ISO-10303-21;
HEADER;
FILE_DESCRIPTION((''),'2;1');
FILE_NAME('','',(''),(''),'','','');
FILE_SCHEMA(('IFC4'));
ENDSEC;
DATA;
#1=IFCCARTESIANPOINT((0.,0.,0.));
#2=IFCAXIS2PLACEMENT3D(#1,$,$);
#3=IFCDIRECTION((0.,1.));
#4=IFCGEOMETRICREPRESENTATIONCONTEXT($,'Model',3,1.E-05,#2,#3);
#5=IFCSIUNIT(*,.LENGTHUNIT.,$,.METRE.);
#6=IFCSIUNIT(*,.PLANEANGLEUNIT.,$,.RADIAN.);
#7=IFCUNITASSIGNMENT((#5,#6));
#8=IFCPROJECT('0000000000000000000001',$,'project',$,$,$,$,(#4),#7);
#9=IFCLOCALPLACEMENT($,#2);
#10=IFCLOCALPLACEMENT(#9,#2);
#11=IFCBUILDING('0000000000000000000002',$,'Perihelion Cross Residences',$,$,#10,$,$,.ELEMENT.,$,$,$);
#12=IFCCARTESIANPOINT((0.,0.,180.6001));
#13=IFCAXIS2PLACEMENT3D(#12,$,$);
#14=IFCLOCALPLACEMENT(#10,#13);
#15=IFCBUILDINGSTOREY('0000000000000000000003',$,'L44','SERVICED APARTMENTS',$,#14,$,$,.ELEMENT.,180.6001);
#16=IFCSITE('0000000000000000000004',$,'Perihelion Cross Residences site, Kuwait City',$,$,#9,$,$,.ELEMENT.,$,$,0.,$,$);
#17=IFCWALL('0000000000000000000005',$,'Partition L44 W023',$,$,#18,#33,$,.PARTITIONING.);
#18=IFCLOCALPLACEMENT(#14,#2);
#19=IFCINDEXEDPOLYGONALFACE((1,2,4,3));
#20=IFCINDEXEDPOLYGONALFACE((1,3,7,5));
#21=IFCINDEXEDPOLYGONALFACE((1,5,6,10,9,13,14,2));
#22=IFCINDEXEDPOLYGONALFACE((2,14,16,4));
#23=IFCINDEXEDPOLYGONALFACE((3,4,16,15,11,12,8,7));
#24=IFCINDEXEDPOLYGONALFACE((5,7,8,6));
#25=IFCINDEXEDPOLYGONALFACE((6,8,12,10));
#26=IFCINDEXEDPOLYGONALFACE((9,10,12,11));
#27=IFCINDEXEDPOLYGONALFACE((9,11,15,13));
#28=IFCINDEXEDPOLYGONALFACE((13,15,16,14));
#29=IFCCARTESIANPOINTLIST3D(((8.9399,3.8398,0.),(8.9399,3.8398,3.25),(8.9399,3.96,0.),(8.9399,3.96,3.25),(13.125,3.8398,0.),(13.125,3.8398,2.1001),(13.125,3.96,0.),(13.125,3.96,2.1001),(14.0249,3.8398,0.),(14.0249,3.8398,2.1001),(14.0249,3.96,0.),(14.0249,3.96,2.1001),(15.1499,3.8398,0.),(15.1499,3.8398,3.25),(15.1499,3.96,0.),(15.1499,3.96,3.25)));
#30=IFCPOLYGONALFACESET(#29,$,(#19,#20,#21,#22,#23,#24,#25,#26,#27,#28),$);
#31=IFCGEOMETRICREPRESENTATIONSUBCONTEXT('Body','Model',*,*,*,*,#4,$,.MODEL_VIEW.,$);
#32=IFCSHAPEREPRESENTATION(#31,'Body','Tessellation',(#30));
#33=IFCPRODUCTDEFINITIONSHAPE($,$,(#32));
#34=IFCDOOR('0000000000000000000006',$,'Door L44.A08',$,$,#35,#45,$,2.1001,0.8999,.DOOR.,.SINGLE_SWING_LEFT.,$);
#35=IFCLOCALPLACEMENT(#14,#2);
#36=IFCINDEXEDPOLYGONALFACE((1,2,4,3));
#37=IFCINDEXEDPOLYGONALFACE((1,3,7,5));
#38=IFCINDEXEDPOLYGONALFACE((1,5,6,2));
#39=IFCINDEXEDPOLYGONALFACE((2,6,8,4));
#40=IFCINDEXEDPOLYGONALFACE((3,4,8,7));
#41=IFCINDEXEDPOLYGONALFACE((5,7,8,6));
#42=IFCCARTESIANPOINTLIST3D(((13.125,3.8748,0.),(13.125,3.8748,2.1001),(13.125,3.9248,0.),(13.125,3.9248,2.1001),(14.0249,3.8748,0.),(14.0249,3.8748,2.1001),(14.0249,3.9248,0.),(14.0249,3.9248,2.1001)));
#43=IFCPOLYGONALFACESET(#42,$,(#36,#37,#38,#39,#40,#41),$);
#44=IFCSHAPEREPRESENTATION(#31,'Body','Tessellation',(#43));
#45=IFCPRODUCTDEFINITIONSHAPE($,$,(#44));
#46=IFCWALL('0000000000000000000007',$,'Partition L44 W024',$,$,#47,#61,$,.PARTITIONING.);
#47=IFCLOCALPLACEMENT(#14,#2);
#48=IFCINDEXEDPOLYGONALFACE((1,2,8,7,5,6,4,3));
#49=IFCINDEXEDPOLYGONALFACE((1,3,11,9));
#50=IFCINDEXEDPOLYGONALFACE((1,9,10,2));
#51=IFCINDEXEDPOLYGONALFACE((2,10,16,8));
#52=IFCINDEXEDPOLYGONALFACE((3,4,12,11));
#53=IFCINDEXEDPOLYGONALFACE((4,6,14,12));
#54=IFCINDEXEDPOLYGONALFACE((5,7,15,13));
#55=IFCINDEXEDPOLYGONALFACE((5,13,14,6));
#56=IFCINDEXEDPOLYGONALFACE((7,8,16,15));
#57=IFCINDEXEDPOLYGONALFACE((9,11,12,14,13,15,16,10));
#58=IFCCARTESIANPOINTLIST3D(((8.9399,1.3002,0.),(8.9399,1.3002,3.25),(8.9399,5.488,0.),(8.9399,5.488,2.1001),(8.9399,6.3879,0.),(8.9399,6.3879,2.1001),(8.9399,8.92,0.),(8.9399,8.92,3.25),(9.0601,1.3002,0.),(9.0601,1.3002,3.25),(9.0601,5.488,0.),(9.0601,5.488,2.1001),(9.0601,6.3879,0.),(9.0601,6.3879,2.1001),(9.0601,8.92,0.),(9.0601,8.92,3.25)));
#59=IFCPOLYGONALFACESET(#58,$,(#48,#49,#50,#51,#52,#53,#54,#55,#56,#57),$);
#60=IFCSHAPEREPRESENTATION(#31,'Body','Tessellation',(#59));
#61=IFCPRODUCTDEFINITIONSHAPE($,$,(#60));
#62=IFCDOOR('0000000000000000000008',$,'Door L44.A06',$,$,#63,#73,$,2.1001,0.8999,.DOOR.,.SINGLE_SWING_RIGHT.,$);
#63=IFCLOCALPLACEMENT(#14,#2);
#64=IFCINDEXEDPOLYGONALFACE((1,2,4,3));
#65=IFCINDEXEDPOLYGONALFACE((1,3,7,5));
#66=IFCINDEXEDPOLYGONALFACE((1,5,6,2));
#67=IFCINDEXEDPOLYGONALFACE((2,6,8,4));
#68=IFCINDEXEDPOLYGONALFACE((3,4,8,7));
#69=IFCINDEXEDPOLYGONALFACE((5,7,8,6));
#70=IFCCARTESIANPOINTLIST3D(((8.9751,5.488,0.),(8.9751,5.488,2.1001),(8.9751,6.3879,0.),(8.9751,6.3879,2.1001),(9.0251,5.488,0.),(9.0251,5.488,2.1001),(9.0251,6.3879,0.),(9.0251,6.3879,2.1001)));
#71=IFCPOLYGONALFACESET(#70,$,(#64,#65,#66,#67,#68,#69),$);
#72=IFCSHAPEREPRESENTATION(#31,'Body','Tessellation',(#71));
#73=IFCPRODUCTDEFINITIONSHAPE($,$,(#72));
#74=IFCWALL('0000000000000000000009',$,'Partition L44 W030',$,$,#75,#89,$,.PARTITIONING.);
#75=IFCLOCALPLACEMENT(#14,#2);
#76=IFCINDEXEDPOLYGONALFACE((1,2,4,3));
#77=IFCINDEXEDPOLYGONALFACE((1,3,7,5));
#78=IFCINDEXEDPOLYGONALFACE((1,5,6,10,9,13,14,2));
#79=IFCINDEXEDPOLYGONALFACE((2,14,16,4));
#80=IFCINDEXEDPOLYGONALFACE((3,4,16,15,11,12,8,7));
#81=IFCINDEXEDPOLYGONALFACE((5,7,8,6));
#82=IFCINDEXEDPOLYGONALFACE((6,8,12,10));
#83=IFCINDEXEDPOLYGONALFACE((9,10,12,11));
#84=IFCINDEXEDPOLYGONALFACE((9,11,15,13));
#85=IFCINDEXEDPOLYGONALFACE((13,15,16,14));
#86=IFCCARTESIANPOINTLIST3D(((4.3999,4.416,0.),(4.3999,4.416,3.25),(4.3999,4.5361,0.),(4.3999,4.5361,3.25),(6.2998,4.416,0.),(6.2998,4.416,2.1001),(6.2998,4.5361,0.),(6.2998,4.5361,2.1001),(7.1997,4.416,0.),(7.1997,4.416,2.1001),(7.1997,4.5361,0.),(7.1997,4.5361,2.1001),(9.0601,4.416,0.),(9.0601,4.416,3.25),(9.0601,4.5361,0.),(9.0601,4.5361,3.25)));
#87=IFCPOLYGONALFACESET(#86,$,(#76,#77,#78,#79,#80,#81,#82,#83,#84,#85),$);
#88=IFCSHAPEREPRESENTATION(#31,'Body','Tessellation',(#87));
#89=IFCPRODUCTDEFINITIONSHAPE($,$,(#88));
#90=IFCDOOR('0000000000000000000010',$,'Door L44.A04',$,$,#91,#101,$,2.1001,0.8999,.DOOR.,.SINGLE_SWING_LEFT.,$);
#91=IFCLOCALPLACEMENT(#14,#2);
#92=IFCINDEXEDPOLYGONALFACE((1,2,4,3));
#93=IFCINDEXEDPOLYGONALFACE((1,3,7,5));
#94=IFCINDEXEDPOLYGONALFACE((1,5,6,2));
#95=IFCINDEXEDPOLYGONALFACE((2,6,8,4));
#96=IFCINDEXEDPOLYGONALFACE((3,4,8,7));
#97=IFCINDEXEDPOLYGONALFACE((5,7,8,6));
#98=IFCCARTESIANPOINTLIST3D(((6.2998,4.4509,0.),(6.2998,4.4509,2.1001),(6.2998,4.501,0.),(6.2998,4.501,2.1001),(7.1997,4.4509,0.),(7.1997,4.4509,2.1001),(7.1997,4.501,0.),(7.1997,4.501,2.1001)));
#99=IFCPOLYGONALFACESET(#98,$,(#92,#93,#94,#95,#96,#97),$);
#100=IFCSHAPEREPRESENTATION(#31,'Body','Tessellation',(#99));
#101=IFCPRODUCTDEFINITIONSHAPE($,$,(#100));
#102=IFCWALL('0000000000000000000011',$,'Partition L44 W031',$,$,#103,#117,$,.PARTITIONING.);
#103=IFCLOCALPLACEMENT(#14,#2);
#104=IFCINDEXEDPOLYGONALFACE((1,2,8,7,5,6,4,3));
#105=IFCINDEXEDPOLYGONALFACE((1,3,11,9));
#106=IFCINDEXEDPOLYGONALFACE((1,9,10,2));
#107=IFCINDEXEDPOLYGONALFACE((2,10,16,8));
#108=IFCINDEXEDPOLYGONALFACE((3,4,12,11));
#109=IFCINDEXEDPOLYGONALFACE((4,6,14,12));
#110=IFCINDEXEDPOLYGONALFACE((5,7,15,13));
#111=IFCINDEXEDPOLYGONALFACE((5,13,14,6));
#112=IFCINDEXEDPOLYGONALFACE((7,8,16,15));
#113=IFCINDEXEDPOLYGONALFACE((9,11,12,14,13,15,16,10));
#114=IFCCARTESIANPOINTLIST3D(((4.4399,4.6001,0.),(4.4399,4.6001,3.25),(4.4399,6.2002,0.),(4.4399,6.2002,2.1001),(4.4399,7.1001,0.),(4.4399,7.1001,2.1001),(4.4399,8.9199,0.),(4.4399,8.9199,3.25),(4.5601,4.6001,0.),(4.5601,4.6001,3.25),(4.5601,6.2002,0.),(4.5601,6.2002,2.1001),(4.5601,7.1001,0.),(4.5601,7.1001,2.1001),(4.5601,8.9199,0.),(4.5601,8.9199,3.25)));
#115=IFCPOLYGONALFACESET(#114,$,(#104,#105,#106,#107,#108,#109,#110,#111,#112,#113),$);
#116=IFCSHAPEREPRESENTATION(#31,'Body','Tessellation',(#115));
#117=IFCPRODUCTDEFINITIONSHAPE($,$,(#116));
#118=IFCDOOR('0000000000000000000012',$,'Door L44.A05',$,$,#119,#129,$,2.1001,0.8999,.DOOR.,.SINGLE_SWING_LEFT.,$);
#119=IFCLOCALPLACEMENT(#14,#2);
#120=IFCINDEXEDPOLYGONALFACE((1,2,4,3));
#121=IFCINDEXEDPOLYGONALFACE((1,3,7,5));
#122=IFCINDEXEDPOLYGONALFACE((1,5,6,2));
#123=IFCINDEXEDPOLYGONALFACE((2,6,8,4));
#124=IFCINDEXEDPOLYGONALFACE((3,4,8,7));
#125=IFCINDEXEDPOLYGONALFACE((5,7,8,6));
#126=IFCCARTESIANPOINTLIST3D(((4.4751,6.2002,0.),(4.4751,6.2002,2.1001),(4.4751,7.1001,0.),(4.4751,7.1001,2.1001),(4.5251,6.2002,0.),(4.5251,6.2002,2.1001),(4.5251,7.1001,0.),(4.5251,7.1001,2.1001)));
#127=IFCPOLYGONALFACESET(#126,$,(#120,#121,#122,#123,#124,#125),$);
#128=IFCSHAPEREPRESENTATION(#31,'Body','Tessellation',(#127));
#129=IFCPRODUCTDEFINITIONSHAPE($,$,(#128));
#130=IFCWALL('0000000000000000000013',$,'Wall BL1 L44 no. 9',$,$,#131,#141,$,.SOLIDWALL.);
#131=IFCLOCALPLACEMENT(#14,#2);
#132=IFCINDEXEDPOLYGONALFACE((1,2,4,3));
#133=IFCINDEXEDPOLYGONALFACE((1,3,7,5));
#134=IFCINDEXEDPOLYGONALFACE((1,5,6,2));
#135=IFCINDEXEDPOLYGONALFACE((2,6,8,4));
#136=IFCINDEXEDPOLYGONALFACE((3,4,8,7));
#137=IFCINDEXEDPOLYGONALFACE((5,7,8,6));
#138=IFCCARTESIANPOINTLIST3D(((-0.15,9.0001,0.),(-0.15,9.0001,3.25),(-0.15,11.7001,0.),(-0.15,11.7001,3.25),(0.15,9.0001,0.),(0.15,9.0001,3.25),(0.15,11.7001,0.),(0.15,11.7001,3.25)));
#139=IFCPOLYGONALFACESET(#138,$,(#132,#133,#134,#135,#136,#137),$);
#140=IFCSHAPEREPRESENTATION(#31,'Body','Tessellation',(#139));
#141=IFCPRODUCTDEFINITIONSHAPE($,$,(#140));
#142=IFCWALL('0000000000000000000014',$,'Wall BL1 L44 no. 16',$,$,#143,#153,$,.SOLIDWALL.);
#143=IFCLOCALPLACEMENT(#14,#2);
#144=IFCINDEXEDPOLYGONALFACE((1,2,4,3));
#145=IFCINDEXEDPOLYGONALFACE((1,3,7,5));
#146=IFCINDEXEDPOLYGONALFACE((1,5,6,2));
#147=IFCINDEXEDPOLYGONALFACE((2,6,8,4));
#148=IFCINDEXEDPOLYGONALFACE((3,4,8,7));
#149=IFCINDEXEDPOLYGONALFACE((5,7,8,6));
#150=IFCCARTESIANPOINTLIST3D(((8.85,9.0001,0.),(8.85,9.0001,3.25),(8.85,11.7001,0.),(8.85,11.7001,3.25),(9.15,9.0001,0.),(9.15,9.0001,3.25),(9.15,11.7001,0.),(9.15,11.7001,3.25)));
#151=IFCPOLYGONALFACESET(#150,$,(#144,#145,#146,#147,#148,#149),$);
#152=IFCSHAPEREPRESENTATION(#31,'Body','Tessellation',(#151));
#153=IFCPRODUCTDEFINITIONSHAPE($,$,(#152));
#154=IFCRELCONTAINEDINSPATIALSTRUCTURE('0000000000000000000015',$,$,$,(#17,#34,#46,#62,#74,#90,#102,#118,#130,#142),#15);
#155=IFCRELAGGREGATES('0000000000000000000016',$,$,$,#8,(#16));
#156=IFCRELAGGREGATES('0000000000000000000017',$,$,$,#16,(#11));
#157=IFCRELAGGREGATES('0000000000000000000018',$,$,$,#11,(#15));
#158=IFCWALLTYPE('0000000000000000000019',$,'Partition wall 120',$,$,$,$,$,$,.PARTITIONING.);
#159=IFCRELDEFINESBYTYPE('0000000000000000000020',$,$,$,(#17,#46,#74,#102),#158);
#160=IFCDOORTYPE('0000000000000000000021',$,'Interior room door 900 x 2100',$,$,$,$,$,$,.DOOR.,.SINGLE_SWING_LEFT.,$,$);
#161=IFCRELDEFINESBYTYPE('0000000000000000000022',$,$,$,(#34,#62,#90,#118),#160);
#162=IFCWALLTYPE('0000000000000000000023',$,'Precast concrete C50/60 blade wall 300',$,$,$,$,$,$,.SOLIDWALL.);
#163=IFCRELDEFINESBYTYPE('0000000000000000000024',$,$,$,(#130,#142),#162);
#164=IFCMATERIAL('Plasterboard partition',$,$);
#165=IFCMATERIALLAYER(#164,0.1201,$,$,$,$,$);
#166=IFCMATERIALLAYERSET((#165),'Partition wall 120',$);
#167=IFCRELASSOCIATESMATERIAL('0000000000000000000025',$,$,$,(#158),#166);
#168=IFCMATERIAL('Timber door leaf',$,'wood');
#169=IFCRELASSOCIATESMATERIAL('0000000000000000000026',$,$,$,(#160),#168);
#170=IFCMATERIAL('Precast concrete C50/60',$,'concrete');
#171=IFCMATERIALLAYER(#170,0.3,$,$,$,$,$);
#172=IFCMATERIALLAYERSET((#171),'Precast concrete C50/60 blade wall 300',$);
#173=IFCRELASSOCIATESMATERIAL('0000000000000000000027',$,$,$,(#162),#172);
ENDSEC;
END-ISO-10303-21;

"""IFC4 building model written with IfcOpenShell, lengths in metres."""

from ifc_helpers import new_model, si_unit, direction, frame, frame_2d, origin, place, context, subcontext, project, spatial, rectangle, extrude, material, layer, layer_set, type_object, element, fill, save


model = new_model("IFC4")

# Units and contexts
model_context = context("Model", 3, precision=1e-05, world=origin(), true_north=direction((0.0, 1.0)))
body_context = subcontext(model_context, "Body", "Model", "MODEL_VIEW")
ifc_project = project(units=[si_unit("LENGTHUNIT", "METRE"), si_unit("PLANEANGLEUNIT", "RADIAN")], contexts=[model_context])

# Site, building, storey
site_placement = place(None, origin())
site = spatial("IfcSite", under=ifc_project, at=site_placement, Name="Perihelion Cross Residences site, Kuwait City", CompositionType="ELEMENT", RefElevation=0.0)
building_placement = place(site_placement, origin())
building = spatial("IfcBuilding", under=site, at=building_placement, Name="Perihelion Cross Residences", CompositionType="ELEMENT")
storey_placement = place(building_placement, frame((0.0, 0.0, 180.6001)))
storey = spatial("IfcBuildingStorey", under=building, at=storey_placement, Name="L44", Description="SERVICED APARTMENTS", CompositionType="ELEMENT", Elevation=180.6001)

# Walls, openings, doors
ifc_material_1 = material(Name="Plasterboard partition")
ifc_layer_1 = layer(ifc_material_1, 0.1201)
ifc_layer_set_1 = layer_set([ifc_layer_1], Name="Partition wall 120")
wall_type_1 = type_object("IfcWallType", Name="Partition wall 120", PredefinedType="PARTITIONING", material=ifc_layer_set_1)
wall_1_placement = place(storey_placement, frame((8.9399, 3.8999, 0.0), z_axis=(0.0, 0.0, 1.0), x_axis=(1.0, 0.0, 0.0)))
wall_1 = element("IfcWall", 1, at=wall_1_placement, inside=storey, type_object=wall_type_1, Name="Partition L44 W023", PredefinedType="PARTITIONING", context=body_context, shape_type="SweptSolid", body=[
    extrude(rectangle(XDim=6.21, YDim=0.1201, at=frame_2d((3.105, 0.0))), origin(), (0.0, 0.0, 1.0), 3.25),
])
opening_1_placement = place(wall_1_placement, frame((4.1851, 0.0, 0.0)))
opening_1 = element("IfcOpeningElement", 2, at=opening_1_placement, cuts=wall_1, PredefinedType="OPENING", context=body_context, shape_type="SweptSolid", body=[
    extrude(rectangle(XDim=0.8999, YDim=2.1001, at=frame_2d((0.45, 1.05))), frame((0.0, 0.0701, 0.0), z_axis=(0.0, -1.0, 0.0), x_axis=(1.0, 0.0, 0.0)), (0.0, 0.0, 1.0), 0.1401),
])
ifc_material_2 = material(Name="Timber door leaf", Category="wood")
door_type_1 = type_object("IfcDoorType", Name="Interior room door 900 x 2100", OperationType="SINGLE_SWING_LEFT", PredefinedType="DOOR", material=ifc_material_2)
door_1_placement = place(opening_1_placement, origin())
door_1 = element("IfcDoor", 3, at=door_1_placement, inside=storey, type_object=door_type_1, Name="Door L44.A08", OperationType="SINGLE_SWING_LEFT", OverallHeight=2.1001, OverallWidth=0.8999, PredefinedType="DOOR", context=body_context, shape_type="SweptSolid", body=[
    extrude(rectangle(XDim=0.8999, YDim=2.1001, at=frame_2d((0.45, 1.05))), frame((0.0, 0.0249, 0.0), z_axis=(0.0, -1.0, 0.0), x_axis=(1.0, 0.0, 0.0)), (0.0, 0.0, 1.0), 0.05),
])
fill(opening_1, door_1)
wall_2_placement = place(storey_placement, frame((9.0, 1.3, 0.0), z_axis=(0.0, 0.0, 1.0), x_axis=(0.0, 1.0, 0.0)))
wall_2 = element("IfcWall", 4, at=wall_2_placement, inside=storey, type_object=wall_type_1, Name="Partition L44 W024", PredefinedType="PARTITIONING", context=body_context, shape_type="SweptSolid", body=[
    extrude(rectangle(XDim=7.6199, YDim=0.1201, at=frame_2d((3.8101, 0.0))), origin(), (0.0, 0.0, 1.0), 3.25),
])
opening_2_placement = place(wall_2_placement, frame((4.188, 0.0, 0.0)))
opening_2 = element("IfcOpeningElement", 5, at=opening_2_placement, cuts=wall_2, PredefinedType="OPENING", context=body_context, shape_type="SweptSolid", body=[
    extrude(rectangle(XDim=0.8999, YDim=2.1001, at=frame_2d((0.45, 1.05))), frame((0.0, 0.0701, 0.0), z_axis=(0.0, -1.0, 0.0), x_axis=(1.0, 0.0, 0.0)), (0.0, 0.0, 1.0), 0.1401),
])
door_2_placement = place(opening_2_placement, origin())
door_2 = element("IfcDoor", 6, at=door_2_placement, inside=storey, type_object=door_type_1, Name="Door L44.A06", OperationType="SINGLE_SWING_RIGHT", OverallHeight=2.1001, OverallWidth=0.8999, PredefinedType="DOOR", context=body_context, shape_type="SweptSolid", body=[
    extrude(rectangle(XDim=0.8999, YDim=2.1001, at=frame_2d((0.45, 1.05))), frame((0.0, 0.0249, 0.0), z_axis=(0.0, -1.0, 0.0), x_axis=(1.0, 0.0, 0.0)), (0.0, 0.0, 1.0), 0.05),
])
fill(opening_2, door_2)
wall_3_placement = place(storey_placement, frame((4.3999, 4.4761, 0.0), z_axis=(0.0, 0.0, 1.0), x_axis=(1.0, 0.0, 0.0)))
wall_3 = element("IfcWall", 7, at=wall_3_placement, inside=storey, type_object=wall_type_1, Name="Partition L44 W030", PredefinedType="PARTITIONING", context=body_context, shape_type="SweptSolid", body=[
    extrude(rectangle(XDim=4.6602, YDim=0.1201, at=frame_2d((2.3301, 0.0))), origin(), (0.0, 0.0, 1.0), 3.25),
])
opening_3_placement = place(wall_3_placement, frame((1.8999, 0.0, 0.0)))
opening_3 = element("IfcOpeningElement", 8, at=opening_3_placement, cuts=wall_3, PredefinedType="OPENING", context=body_context, shape_type="SweptSolid", body=[
    extrude(rectangle(XDim=0.8999, YDim=2.1001, at=frame_2d((0.45, 1.05))), frame((0.0, 0.0701, 0.0), z_axis=(0.0, -1.0, 0.0), x_axis=(1.0, 0.0, 0.0)), (0.0, 0.0, 1.0), 0.1401),
])
door_3_placement = place(opening_3_placement, origin())
door_3 = element("IfcDoor", 9, at=door_3_placement, inside=storey, type_object=door_type_1, Name="Door L44.A04", OperationType="SINGLE_SWING_LEFT", OverallHeight=2.1001, OverallWidth=0.8999, PredefinedType="DOOR", context=body_context, shape_type="SweptSolid", body=[
    extrude(rectangle(XDim=0.8999, YDim=2.1001, at=frame_2d((0.45, 1.05))), frame((0.0, 0.0249, 0.0), z_axis=(0.0, -1.0, 0.0), x_axis=(1.0, 0.0, 0.0)), (0.0, 0.0, 1.0), 0.05),
])
fill(opening_3, door_3)
wall_4_placement = place(storey_placement, frame((4.5, 4.6001, 0.0), z_axis=(0.0, 0.0, 1.0), x_axis=(0.0, 1.0, 0.0)))
wall_4 = element("IfcWall", 10, at=wall_4_placement, inside=storey, type_object=wall_type_1, Name="Partition L44 W031", PredefinedType="PARTITIONING", context=body_context, shape_type="SweptSolid", body=[
    extrude(rectangle(XDim=4.3198, YDim=0.1201, at=frame_2d((2.1599, 0.0))), origin(), (0.0, 0.0, 1.0), 3.25),
])
opening_4_placement = place(wall_4_placement, frame((1.6001, 0.0, 0.0)))
opening_4 = element("IfcOpeningElement", 11, at=opening_4_placement, cuts=wall_4, PredefinedType="OPENING", context=body_context, shape_type="SweptSolid", body=[
    extrude(rectangle(XDim=0.8999, YDim=2.1001, at=frame_2d((0.45, 1.05))), frame((0.0, 0.0701, 0.0), z_axis=(0.0, -1.0, 0.0), x_axis=(1.0, 0.0, 0.0)), (0.0, 0.0, 1.0), 0.1401),
])
door_4_placement = place(opening_4_placement, origin())
door_4 = element("IfcDoor", 12, at=door_4_placement, inside=storey, type_object=door_type_1, Name="Door L44.A05", OperationType="SINGLE_SWING_LEFT", OverallHeight=2.1001, OverallWidth=0.8999, PredefinedType="DOOR", context=body_context, shape_type="SweptSolid", body=[
    extrude(rectangle(XDim=0.8999, YDim=2.1001, at=frame_2d((0.45, 1.05))), frame((0.0, 0.0249, 0.0), z_axis=(0.0, -1.0, 0.0), x_axis=(1.0, 0.0, 0.0)), (0.0, 0.0, 1.0), 0.05),
])
fill(opening_4, door_4)

# Walls
ifc_material_3 = material(Name="Precast concrete C50/60", Category="concrete")
ifc_layer_2 = layer(ifc_material_3, 0.3)
ifc_layer_set_2 = layer_set([ifc_layer_2], Name="Precast concrete C50/60 blade wall 300")
wall_type_2 = type_object("IfcWallType", Name="Precast concrete C50/60 blade wall 300", PredefinedType="SOLIDWALL", material=ifc_layer_set_2)
for number, where, z_axis, x_axis, name in (
    (13, (0.0, 9.0, 0.0), (0.0, 0.0, 1.0), (0.0, 1.0, 0.0), "Wall BL1 L44 no. 9"),
    (14, (9.0, 9.0, 0.0), (0.0, 0.0, 1.0), (0.0, 1.0, 0.0), "Wall BL1 L44 no. 16"),
):
    element("IfcWall", number, at=place(storey_placement, frame(where, z_axis=z_axis, x_axis=x_axis)), inside=storey, type_object=wall_type_2, Name=name, PredefinedType="SOLIDWALL", context=body_context, shape_type="SweptSolid", body=[
        extrude(rectangle(XDim=2.7, YDim=0.3, at=frame_2d((1.3501, 0.0))), origin(), (0.0, 0.0, 1.0), 3.25),
    ])

save(model, "model.ifc")
